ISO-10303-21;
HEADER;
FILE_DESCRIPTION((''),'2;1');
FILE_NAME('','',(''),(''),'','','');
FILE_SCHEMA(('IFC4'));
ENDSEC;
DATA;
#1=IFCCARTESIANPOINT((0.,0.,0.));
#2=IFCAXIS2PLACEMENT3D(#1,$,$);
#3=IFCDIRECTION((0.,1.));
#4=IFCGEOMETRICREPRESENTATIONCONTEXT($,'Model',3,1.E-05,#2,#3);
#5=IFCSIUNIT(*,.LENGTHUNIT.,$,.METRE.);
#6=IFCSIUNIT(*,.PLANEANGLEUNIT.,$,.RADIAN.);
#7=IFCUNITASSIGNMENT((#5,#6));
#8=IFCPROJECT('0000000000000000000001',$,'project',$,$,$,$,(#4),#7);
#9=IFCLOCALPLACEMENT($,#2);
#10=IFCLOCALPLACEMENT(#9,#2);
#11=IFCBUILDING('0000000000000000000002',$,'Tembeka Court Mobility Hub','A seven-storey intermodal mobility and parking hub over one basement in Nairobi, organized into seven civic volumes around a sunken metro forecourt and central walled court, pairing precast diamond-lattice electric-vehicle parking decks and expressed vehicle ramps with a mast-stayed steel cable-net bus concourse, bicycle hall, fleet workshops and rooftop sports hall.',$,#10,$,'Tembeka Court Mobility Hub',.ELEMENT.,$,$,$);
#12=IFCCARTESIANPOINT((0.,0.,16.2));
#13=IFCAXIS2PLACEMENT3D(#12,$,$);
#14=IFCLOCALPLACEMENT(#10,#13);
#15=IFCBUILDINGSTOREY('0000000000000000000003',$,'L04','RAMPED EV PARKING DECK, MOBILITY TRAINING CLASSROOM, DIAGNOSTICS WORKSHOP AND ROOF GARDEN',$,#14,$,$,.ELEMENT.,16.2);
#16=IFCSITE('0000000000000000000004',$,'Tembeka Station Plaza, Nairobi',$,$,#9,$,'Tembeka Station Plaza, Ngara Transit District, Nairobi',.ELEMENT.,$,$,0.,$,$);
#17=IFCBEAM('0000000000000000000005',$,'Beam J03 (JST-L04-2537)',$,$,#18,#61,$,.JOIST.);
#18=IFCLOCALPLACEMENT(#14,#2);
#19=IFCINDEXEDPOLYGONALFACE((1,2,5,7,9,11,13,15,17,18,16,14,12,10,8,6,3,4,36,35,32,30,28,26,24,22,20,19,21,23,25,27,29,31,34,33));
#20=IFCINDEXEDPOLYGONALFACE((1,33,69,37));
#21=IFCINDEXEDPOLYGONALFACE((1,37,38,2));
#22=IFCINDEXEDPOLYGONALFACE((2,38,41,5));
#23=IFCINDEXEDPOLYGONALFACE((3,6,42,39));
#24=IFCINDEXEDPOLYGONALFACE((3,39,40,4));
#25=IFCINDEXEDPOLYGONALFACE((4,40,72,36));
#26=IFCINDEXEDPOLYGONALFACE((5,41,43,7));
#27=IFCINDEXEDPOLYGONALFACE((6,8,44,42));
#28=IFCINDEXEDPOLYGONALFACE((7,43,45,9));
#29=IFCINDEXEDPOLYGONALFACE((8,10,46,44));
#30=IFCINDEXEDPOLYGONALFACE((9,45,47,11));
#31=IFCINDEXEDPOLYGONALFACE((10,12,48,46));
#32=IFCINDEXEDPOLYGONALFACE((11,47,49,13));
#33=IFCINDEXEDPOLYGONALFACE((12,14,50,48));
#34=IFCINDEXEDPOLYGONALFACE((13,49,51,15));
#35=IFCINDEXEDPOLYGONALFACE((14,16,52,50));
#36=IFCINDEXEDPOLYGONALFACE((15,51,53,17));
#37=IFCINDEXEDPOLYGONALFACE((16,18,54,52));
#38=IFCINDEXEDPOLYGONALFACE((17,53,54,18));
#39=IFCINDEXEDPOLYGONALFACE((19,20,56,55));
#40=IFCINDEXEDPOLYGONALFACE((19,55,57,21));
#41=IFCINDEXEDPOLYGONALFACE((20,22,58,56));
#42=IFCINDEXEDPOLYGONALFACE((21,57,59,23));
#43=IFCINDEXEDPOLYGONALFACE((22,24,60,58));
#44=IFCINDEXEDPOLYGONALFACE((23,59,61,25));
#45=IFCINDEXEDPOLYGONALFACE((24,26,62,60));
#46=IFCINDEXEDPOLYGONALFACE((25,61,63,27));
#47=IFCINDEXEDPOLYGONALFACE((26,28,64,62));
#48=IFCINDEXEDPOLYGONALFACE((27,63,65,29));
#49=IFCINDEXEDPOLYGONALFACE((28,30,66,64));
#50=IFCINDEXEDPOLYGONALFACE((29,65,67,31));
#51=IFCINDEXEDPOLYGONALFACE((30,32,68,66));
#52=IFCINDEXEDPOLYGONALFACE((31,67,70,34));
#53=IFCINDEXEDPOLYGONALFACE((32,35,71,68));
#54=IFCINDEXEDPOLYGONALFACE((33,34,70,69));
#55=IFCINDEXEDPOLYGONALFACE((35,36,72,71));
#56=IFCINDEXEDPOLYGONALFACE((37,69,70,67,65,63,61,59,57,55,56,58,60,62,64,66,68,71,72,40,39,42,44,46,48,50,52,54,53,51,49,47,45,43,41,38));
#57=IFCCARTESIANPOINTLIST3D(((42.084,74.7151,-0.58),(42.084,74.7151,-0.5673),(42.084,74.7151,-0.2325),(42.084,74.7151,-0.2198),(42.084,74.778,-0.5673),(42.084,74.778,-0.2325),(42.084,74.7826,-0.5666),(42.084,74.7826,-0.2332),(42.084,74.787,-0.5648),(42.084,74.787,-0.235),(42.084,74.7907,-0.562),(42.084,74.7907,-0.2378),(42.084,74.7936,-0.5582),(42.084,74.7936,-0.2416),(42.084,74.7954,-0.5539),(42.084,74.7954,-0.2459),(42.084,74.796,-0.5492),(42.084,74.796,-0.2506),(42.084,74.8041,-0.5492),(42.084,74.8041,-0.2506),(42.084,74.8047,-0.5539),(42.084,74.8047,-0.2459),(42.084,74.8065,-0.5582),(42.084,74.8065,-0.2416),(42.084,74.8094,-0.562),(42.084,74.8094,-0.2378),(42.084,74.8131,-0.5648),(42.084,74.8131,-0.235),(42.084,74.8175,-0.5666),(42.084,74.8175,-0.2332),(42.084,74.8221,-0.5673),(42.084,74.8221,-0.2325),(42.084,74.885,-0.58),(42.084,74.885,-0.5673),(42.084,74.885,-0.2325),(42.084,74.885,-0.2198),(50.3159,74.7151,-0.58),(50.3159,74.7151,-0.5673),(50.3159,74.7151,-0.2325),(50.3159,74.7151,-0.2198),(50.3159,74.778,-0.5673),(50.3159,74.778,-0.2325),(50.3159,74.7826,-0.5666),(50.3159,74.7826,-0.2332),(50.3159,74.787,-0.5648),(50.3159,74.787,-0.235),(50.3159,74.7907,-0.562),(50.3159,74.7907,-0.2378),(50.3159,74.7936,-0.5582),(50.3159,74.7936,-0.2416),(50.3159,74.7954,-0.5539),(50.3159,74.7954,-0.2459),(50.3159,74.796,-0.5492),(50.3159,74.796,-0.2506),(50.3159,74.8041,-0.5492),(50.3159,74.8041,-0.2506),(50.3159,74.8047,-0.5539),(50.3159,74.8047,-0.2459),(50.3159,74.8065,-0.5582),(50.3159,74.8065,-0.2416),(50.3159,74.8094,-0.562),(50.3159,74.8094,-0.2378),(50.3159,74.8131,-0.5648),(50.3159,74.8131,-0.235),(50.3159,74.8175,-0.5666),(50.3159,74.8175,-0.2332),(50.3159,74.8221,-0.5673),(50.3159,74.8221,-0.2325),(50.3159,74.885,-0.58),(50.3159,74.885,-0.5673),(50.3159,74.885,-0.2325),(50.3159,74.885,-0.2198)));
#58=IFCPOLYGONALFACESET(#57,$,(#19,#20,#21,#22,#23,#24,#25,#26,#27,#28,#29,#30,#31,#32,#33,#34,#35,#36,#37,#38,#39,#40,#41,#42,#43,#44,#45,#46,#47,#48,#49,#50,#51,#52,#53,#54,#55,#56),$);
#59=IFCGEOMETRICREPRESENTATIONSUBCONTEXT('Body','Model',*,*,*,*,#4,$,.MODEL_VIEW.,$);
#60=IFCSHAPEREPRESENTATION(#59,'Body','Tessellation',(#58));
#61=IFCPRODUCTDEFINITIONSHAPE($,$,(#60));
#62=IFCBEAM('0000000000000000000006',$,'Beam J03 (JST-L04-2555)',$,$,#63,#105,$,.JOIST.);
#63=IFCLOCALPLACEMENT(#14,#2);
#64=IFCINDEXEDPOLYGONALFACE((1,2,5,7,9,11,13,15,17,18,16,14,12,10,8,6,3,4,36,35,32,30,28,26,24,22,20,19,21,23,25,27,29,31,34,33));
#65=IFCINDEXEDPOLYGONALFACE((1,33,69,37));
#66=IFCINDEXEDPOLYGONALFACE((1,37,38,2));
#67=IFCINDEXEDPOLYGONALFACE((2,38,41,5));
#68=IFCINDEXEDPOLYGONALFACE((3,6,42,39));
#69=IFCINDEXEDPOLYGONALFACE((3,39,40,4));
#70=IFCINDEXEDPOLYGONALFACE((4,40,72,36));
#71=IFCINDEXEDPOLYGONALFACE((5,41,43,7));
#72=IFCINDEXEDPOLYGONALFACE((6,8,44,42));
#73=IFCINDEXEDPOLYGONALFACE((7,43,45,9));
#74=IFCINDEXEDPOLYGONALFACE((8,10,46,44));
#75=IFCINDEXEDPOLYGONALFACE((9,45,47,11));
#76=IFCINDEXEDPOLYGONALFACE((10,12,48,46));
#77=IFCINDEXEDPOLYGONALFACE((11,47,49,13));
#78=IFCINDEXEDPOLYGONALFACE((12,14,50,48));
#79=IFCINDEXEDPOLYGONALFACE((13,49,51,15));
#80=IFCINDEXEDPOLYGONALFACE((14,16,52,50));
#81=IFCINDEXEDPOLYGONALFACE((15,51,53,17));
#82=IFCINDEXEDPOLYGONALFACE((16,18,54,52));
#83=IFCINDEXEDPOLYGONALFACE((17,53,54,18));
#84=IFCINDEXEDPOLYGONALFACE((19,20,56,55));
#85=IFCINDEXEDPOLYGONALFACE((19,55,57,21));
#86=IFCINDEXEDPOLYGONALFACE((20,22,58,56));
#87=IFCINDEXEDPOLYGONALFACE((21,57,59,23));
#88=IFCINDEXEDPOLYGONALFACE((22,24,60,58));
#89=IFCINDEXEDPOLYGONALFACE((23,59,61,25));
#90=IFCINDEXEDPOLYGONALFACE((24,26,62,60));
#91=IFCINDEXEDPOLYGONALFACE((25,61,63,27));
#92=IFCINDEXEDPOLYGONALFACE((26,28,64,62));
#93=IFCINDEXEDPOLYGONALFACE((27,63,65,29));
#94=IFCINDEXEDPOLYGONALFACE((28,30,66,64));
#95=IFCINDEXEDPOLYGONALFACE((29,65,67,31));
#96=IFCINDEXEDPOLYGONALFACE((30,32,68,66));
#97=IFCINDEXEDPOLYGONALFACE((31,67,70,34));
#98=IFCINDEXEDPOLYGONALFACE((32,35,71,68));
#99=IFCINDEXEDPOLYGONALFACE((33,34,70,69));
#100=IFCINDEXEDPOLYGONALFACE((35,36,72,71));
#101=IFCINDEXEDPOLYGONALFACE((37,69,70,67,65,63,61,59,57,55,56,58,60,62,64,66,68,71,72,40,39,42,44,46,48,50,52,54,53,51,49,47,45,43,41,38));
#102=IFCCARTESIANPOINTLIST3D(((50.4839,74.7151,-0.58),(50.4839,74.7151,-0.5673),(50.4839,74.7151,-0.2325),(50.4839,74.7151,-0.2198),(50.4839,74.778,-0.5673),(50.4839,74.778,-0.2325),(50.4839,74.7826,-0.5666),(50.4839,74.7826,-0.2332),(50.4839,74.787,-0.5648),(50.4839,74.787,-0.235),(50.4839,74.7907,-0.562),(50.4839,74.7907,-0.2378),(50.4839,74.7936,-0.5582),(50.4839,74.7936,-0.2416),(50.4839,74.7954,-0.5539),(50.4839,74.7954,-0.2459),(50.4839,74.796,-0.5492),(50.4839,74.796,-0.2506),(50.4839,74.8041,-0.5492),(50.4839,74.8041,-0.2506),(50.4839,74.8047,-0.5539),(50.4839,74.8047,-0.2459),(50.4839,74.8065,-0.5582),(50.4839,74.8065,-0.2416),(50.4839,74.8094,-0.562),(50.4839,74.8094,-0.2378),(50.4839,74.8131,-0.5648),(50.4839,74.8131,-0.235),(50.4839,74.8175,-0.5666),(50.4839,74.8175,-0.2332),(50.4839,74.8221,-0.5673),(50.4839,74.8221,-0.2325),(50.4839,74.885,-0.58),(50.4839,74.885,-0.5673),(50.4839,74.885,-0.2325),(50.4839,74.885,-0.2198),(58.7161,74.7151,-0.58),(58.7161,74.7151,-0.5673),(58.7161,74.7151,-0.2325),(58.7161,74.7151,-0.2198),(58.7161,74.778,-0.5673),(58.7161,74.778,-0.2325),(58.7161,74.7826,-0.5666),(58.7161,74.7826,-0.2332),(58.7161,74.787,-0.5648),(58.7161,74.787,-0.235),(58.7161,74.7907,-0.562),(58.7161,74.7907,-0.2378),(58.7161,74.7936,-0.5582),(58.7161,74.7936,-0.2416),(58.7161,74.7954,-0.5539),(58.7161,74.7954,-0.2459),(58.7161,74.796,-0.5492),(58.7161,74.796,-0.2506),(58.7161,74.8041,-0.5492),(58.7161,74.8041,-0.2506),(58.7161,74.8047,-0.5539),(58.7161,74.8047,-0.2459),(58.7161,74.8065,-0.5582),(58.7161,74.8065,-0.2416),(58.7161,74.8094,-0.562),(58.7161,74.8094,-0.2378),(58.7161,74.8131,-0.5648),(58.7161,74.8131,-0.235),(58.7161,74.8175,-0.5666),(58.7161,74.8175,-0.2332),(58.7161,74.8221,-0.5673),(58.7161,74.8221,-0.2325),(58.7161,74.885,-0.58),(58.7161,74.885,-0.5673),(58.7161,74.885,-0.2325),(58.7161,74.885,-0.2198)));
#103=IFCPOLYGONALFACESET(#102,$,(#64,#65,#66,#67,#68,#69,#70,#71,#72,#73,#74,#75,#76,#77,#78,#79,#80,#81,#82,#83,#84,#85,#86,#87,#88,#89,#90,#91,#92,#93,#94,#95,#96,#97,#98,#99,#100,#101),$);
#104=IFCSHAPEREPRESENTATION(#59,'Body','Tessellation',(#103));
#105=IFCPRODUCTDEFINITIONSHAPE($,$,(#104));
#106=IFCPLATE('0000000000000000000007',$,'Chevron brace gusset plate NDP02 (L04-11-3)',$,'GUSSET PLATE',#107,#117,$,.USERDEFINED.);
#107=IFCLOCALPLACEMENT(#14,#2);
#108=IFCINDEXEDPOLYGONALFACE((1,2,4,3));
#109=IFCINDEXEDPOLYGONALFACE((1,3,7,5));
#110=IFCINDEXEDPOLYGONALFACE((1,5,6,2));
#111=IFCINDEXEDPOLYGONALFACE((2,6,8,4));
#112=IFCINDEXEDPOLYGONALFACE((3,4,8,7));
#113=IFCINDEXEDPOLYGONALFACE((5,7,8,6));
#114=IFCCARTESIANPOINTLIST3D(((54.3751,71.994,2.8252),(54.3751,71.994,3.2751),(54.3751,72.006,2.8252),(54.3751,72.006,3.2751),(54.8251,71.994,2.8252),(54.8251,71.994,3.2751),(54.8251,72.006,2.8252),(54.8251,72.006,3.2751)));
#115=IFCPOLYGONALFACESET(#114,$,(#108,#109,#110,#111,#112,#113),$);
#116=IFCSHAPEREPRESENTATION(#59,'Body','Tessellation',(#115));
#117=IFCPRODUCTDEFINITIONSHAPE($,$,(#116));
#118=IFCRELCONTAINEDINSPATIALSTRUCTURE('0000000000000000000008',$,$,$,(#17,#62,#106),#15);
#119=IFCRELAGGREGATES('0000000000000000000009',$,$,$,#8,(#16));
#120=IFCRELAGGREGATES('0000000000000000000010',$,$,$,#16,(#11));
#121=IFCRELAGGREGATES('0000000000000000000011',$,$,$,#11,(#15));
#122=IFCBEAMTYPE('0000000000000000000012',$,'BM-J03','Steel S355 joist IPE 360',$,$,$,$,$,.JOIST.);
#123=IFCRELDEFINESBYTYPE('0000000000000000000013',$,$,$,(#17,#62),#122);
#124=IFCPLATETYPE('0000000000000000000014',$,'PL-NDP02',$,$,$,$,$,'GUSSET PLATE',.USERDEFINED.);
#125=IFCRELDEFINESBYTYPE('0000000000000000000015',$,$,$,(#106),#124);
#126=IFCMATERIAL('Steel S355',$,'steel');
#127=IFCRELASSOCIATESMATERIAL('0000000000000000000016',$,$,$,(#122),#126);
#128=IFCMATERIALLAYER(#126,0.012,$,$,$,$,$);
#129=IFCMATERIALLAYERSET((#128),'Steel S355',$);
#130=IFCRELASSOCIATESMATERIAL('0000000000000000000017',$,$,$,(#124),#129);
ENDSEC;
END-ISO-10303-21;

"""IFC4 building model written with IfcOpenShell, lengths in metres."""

from ifc_helpers import new_model, si_unit, direction, frame, origin, origin_2d, place, context, subcontext, project, spatial, rectangle, i_section, extrude, material, layer, layer_set, material_profile, profile_set, type_object, element, save


model = new_model("IFC4")

# Units and contexts
model_context = context("Model", 3, precision=1e-05, world=origin(), true_north=direction((0.0, 1.0)))
body_context = subcontext(model_context, "Body", "Model", "MODEL_VIEW")
ifc_project = project(units=[si_unit("LENGTHUNIT", "METRE"), si_unit("PLANEANGLEUNIT", "RADIAN")], contexts=[model_context])

# Site, building, storey
site_placement = place(None, origin())
site = spatial("IfcSite", under=ifc_project, at=site_placement, Name="Tembeka Station Plaza, Nairobi", LongName="Tembeka Station Plaza, Ngara Transit District, Nairobi", CompositionType="ELEMENT", RefElevation=0.0)
building_placement = place(site_placement, origin())
building = spatial("IfcBuilding", under=site, at=building_placement, Name="Tembeka Court Mobility Hub", Description="A seven-storey intermodal mobility and parking hub over one basement in Nairobi, organized into seven civic volumes around a sunken metro forecourt and central walled court, pairing precast diamond-lattice electric-vehicle parking decks and expressed vehicle ramps with a mast-stayed steel cable-net bus concourse, bicycle hall, fleet workshops and rooftop sports hall.", LongName="Tembeka Court Mobility Hub", CompositionType="ELEMENT")
storey_placement = place(building_placement, frame((0.0, 0.0, 16.2)))
storey = spatial("IfcBuildingStorey", under=building, at=storey_placement, Name="L04", Description="RAMPED EV PARKING DECK, MOBILITY TRAINING CLASSROOM, DIAGNOSTICS WORKSHOP AND ROOF GARDEN", CompositionType="ELEMENT", Elevation=16.2)

# Shared definitions
ifc_material = material(Name="Steel S355", Category="steel")

# Beams
ifc_material_profile_1 = material_profile(ifc_material, i_section(OverallWidth=0.1699, OverallDepth=0.3601, WebThickness=0.0081, FlangeThickness=0.0127, FilletRadius=0.0181, at=origin_2d()), Name="IPE 360")
ifc_profile_set_1 = profile_set([ifc_material_profile_1], Name="Steel S355")
beam_type_1 = type_object("IfcBeamType", Name="BM-J03", Description="Steel S355 joist IPE 360", PredefinedType="JOIST", material=ifc_profile_set_1)
for number, where, z_axis, x_axis, name in (
    (1, (42.084, 74.8, -0.3999), (1.0, 0.0, 0.0), (0.0, 1.0, 0.0), "Beam J03 (JST-L04-2537)"),
):
    element("IfcBeam", number, at=place(storey_placement, frame(where, z_axis=z_axis, x_axis=x_axis)), inside=storey, type_object=beam_type_1, Name=name, PredefinedType="JOIST", context=body_context, shape_type="SweptSolid", body=[
        extrude(i_section(OverallWidth=0.1699, OverallDepth=0.3601, WebThickness=0.0081, FlangeThickness=0.0127, FilletRadius=0.0181, at=origin_2d()), origin(), (0.0, 0.0, 1.0), 8.2319),
    ])
beam_1_placement = place(storey_placement, frame((50.4839, 74.8, -0.3999), z_axis=(1.0, 0.0, 0.0), x_axis=(0.0, 1.0, 0.0)))
element("IfcBeam", 2, at=beam_1_placement, inside=storey, type_object=beam_type_1, Name="Beam J03 (JST-L04-2555)", PredefinedType="JOIST", context=body_context, shape_type="SweptSolid", body=[
    extrude(i_section(OverallWidth=0.1699, OverallDepth=0.3601, WebThickness=0.0081, FlangeThickness=0.0127, FilletRadius=0.0181, at=origin_2d()), origin(), (0.0, 0.0, 1.0), 8.2322),
])

# Plate
ifc_layer = layer(ifc_material, 0.012)
ifc_layer_set = layer_set([ifc_layer], Name="Steel S355")
plate_type = type_object("IfcPlateType", Name="PL-NDP02", ElementType="GUSSET PLATE", PredefinedType="USERDEFINED", material=ifc_layer_set)
plate_placement = place(storey_placement, frame((54.6001, 72.0, 2.8252), z_axis=(0.0, 0.0, 1.0), x_axis=(1.0, 0.0, 0.0)))
element("IfcPlate", 3, at=plate_placement, inside=storey, type_object=plate_type, Name="Chevron brace gusset plate NDP02 (L04-11-3)", ObjectType="GUSSET PLATE", PredefinedType="USERDEFINED", context=body_context, shape_type="SweptSolid", body=[
    extrude(rectangle(XDim=0.45, YDim=0.012, at=origin_2d()), origin(), (0.0, 0.0, 1.0), 0.45),
])

save(model, "model.ifc")
